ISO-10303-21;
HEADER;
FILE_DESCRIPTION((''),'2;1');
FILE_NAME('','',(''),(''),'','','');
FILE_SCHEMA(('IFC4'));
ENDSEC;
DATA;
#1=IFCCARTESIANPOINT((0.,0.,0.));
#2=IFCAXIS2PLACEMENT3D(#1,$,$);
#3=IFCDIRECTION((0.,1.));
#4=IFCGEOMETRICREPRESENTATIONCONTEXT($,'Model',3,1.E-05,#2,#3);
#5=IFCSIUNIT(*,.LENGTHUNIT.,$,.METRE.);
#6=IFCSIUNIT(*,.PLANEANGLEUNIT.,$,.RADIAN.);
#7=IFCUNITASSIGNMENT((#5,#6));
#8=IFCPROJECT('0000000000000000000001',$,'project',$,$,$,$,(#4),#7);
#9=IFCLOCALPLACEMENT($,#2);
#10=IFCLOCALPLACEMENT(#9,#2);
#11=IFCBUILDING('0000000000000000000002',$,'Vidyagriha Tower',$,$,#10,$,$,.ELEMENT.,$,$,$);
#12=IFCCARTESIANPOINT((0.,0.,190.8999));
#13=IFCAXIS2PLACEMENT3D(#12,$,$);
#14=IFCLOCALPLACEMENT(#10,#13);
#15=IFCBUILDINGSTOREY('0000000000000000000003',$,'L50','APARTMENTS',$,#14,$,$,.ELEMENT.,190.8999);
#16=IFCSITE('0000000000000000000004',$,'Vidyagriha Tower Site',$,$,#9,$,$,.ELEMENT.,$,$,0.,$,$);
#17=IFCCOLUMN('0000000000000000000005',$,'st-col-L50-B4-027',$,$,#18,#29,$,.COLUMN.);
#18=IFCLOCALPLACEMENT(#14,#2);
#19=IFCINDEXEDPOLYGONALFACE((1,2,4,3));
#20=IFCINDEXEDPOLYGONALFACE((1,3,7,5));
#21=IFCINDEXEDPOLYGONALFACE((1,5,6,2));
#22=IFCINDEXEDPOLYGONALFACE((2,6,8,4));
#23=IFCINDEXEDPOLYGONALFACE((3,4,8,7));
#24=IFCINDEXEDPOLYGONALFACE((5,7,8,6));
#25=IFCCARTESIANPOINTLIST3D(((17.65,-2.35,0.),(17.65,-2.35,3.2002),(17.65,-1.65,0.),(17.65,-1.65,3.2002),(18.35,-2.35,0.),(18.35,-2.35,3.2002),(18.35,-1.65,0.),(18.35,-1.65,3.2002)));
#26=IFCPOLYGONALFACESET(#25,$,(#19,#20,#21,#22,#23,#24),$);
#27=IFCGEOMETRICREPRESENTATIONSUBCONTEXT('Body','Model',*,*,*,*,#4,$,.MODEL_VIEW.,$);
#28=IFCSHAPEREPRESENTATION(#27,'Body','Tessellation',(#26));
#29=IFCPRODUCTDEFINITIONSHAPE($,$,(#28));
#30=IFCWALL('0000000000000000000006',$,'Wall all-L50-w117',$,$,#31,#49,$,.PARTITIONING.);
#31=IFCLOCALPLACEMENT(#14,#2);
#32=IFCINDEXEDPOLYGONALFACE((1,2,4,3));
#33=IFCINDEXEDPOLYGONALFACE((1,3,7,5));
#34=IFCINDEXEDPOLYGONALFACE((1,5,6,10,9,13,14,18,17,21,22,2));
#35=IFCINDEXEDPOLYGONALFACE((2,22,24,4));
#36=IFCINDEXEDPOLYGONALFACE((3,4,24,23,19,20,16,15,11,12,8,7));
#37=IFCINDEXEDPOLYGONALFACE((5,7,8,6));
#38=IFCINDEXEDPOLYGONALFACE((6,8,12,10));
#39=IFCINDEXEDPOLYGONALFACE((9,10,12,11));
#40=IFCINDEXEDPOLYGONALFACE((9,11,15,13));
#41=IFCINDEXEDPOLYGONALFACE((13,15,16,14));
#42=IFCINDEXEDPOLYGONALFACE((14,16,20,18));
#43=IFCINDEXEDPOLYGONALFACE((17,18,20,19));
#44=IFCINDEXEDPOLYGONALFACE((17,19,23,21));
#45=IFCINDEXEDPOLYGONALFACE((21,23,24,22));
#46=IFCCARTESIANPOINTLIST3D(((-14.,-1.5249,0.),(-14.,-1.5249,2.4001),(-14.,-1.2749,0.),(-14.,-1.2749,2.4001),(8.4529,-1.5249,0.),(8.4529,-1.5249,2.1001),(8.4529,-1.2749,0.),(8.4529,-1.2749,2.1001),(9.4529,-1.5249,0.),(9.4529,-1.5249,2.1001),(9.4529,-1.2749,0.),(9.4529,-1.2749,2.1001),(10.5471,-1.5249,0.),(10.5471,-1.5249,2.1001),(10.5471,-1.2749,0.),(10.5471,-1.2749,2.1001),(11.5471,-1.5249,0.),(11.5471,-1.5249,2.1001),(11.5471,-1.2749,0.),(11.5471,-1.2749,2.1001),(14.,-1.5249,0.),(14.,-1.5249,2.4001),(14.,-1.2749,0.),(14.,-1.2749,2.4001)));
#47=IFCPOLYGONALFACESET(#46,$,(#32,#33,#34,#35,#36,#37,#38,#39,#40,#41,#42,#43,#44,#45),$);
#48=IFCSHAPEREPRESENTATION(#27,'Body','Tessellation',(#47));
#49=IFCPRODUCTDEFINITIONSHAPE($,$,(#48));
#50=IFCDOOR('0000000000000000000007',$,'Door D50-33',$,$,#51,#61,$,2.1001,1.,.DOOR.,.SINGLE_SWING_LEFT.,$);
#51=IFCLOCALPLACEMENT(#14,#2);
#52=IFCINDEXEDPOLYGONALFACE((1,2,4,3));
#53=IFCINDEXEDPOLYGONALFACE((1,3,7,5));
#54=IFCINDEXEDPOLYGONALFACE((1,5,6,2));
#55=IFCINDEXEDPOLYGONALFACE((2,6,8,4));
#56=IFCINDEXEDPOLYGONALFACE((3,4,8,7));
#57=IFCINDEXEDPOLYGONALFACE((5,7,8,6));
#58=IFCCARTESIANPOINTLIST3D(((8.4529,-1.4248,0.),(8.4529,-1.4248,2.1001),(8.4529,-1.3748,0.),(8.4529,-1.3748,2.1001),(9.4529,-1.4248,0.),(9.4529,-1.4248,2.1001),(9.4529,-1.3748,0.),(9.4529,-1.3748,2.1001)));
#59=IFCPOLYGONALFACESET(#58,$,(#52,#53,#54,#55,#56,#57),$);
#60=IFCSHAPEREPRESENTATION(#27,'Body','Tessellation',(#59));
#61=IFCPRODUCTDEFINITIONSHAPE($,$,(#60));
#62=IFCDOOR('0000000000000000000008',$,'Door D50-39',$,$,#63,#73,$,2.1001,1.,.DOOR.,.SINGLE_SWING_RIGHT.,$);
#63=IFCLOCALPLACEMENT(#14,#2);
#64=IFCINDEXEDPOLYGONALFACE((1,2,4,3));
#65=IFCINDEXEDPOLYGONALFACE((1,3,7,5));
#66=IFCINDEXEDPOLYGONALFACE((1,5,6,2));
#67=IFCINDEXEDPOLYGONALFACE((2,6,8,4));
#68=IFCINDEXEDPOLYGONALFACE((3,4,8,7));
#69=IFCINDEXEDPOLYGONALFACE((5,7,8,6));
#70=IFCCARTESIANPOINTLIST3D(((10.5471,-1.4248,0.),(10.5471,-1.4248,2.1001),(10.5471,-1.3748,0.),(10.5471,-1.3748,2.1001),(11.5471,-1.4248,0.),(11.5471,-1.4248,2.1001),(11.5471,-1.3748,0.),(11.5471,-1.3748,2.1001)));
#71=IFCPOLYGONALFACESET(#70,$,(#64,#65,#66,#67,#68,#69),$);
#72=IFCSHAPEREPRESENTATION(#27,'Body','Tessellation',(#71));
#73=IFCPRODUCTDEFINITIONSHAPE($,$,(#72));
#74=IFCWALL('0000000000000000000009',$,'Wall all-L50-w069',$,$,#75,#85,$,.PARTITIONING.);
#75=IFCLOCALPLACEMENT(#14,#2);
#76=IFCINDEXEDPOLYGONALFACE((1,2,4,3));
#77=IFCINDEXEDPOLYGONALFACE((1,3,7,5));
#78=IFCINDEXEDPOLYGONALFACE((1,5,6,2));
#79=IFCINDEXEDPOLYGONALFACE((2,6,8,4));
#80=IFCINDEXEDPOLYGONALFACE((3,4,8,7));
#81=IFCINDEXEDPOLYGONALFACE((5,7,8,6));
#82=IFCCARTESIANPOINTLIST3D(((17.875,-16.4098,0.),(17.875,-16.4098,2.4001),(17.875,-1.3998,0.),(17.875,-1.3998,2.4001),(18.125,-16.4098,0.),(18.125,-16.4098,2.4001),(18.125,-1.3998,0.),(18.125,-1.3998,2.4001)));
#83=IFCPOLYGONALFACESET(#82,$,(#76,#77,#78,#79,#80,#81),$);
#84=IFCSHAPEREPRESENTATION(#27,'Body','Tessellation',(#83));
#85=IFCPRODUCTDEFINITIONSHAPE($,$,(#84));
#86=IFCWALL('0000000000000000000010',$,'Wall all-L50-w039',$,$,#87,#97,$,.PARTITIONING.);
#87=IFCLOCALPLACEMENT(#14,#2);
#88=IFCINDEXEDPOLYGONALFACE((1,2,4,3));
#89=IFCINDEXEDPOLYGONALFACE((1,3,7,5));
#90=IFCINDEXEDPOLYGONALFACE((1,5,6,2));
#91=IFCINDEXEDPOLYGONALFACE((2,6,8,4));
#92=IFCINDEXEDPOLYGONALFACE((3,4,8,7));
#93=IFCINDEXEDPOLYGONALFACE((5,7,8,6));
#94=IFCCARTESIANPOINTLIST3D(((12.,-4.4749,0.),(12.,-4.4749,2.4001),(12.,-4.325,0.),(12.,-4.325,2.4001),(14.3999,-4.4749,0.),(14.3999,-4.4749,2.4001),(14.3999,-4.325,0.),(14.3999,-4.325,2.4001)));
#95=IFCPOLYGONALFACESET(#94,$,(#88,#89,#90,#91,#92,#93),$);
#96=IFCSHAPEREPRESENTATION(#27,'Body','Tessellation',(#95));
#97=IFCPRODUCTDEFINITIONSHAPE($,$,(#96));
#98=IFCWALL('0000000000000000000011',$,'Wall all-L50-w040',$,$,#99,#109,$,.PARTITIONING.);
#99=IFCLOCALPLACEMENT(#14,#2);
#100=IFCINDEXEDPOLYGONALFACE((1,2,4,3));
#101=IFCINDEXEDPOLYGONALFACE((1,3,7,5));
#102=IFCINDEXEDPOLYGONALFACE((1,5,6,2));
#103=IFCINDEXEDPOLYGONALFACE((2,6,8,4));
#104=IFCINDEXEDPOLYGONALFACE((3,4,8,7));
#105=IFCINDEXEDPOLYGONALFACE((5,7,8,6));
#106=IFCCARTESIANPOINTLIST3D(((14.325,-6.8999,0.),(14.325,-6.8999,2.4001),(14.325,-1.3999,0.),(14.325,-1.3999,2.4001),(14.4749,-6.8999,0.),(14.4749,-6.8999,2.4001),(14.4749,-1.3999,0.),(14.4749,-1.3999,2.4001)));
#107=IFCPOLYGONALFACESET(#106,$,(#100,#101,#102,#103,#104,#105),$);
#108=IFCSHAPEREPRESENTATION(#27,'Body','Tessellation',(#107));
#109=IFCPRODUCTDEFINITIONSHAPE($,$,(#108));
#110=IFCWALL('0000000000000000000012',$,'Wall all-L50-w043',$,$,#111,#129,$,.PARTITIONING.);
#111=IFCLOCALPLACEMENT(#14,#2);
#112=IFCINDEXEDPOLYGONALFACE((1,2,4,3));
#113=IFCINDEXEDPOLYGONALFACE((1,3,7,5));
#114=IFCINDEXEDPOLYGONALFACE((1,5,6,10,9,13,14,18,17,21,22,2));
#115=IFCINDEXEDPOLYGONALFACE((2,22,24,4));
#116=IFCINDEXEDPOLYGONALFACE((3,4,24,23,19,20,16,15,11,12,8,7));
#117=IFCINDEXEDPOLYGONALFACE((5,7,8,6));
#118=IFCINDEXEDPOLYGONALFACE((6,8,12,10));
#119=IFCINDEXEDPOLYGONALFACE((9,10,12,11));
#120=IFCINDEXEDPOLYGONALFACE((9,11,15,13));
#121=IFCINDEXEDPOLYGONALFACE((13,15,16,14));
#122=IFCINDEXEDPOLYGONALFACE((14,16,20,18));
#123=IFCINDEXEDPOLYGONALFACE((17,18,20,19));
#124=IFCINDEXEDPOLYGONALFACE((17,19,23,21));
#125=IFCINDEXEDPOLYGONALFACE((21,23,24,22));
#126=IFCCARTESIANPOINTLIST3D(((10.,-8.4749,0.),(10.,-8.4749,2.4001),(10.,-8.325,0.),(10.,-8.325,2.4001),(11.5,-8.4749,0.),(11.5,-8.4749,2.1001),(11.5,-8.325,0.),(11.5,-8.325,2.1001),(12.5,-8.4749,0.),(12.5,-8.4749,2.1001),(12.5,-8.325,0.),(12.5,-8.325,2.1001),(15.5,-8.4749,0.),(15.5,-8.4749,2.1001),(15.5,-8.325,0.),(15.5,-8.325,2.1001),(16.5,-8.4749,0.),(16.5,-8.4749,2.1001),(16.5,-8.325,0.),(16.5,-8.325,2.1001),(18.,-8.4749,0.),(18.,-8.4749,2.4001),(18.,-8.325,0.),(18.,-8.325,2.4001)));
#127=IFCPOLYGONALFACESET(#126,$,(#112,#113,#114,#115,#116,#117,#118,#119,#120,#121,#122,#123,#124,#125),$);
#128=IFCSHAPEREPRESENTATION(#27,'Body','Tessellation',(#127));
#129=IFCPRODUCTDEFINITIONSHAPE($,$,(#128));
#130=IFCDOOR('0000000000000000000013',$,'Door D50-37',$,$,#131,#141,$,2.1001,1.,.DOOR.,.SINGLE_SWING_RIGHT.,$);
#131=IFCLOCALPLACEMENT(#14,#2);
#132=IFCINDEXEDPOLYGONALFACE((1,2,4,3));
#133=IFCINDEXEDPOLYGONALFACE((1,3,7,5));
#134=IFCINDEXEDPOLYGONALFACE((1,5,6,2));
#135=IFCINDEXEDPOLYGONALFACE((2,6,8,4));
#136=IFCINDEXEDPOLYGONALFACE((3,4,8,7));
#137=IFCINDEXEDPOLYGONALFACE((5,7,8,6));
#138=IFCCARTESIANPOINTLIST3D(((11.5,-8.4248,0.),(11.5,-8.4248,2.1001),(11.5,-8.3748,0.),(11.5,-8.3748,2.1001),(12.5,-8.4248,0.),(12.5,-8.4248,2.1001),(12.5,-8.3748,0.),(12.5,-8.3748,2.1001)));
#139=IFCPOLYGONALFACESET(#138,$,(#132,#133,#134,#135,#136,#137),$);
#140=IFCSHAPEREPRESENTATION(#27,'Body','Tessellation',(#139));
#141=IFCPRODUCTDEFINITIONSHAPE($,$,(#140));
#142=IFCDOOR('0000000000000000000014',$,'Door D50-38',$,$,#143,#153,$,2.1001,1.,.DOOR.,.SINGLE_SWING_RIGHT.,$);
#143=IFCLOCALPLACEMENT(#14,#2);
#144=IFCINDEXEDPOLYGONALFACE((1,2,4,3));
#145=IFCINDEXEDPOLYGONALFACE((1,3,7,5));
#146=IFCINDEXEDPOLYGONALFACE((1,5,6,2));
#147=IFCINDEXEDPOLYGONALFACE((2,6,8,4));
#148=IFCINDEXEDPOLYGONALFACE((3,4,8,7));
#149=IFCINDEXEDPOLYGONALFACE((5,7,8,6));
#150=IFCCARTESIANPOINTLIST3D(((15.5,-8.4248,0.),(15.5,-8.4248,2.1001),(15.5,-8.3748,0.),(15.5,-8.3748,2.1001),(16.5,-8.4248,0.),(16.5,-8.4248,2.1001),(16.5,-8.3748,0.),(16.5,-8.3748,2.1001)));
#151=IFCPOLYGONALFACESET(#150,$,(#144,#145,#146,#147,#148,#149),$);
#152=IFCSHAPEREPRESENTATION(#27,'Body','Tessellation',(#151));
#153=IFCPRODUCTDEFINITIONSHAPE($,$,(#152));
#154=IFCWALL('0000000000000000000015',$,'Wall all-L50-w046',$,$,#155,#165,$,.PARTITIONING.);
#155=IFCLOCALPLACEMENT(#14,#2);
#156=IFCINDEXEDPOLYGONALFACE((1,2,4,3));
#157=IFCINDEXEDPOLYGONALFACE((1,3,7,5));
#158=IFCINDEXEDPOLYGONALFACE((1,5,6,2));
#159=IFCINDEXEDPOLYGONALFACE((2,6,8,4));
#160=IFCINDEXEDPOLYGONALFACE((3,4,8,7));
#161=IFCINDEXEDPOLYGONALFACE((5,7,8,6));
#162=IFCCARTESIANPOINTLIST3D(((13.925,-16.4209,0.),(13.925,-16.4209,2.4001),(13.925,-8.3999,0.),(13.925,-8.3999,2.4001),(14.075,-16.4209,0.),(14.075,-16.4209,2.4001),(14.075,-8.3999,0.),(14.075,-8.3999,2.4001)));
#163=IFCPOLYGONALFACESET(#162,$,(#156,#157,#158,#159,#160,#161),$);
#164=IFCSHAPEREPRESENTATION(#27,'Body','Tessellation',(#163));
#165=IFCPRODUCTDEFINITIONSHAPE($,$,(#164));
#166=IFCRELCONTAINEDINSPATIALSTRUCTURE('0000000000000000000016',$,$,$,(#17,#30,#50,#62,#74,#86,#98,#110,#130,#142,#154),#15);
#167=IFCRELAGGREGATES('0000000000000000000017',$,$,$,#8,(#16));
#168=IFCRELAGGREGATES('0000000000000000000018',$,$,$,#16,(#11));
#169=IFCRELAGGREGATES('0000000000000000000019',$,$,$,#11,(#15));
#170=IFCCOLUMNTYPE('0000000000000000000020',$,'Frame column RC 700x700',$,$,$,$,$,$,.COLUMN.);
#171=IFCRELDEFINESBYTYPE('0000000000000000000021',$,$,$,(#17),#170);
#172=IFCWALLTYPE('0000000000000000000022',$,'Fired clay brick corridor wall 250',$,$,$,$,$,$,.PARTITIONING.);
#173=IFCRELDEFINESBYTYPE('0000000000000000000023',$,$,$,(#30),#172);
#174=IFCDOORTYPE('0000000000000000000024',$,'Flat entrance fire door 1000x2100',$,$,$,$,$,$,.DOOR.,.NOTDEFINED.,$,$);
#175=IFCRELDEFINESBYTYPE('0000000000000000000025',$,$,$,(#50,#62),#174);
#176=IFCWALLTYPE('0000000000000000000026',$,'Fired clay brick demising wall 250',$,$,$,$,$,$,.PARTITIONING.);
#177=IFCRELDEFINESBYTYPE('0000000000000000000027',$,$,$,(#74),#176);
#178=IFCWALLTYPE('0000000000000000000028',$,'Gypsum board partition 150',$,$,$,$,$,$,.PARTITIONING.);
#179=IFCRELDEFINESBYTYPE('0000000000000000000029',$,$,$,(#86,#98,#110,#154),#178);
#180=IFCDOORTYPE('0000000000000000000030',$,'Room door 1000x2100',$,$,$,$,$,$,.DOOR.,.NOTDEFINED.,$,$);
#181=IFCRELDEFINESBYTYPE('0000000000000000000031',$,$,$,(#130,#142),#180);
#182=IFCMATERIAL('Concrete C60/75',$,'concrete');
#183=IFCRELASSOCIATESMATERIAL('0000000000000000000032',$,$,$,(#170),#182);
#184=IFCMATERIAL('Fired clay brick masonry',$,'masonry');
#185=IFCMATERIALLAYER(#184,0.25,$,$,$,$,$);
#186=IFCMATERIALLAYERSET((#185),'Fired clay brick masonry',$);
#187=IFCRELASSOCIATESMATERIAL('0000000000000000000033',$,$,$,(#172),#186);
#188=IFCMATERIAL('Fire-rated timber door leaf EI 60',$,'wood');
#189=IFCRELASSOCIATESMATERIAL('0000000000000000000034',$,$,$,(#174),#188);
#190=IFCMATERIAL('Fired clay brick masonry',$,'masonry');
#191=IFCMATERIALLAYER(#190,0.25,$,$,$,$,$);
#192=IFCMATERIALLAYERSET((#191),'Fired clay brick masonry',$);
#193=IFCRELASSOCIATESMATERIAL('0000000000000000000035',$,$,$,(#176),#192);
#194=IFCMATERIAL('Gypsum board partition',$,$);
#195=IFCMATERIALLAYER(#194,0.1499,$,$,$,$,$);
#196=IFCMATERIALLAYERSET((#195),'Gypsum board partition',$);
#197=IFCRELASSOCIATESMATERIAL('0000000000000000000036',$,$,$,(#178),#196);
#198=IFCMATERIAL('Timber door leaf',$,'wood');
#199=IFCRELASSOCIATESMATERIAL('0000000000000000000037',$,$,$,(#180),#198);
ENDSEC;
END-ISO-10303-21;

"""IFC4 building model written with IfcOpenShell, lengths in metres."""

from ifc_helpers import new_model, si_unit, direction, frame, frame_2d, origin, origin_2d, place, context, subcontext, project, spatial, rectangle, extrude, material, layer, layer_set, material_profile, profile_set, type_object, element, fill, save


model = new_model("IFC4")

# Units and contexts
model_context = context("Model", 3, precision=1e-05, world=origin(), true_north=direction((0.0, 1.0)))
body_context = subcontext(model_context, "Body", "Model", "MODEL_VIEW")
ifc_project = project(units=[si_unit("LENGTHUNIT", "METRE"), si_unit("PLANEANGLEUNIT", "RADIAN")], contexts=[model_context])

# Site, building, storey
site_placement = place(None, origin())
site = spatial("IfcSite", under=ifc_project, at=site_placement, Name="Vidyagriha Tower Site", CompositionType="ELEMENT", RefElevation=0.0)
building_placement = place(site_placement, origin())
building = spatial("IfcBuilding", under=site, at=building_placement, Name="Vidyagriha Tower", CompositionType="ELEMENT")
storey_placement = place(building_placement, frame((0.0, 0.0, 190.8999)))
storey = spatial("IfcBuildingStorey", under=building, at=storey_placement, Name="L50", Description="APARTMENTS", CompositionType="ELEMENT", Elevation=190.8999)

# Column
ifc_material_1 = material(Name="Concrete C60/75", Category="concrete")
ifc_material_profile = material_profile(ifc_material_1, rectangle(XDim=0.7, YDim=0.7, at=origin_2d()), Name="RC 700x700")
ifc_profile_set = profile_set([ifc_material_profile], Name="Concrete C60/75")
column_type = type_object("IfcColumnType", Name="Frame column RC 700x700", PredefinedType="COLUMN", material=ifc_profile_set)
column_placement = place(storey_placement, frame((18.0, -2.0, 0.0)))
element("IfcColumn", 1, at=column_placement, inside=storey, type_object=column_type, Name="st-col-L50-B4-027", PredefinedType="COLUMN", context=body_context, shape_type="SweptSolid", body=[
    extrude(rectangle(XDim=0.7, YDim=0.7, at=origin_2d()), origin(), (0.0, 0.0, 1.0), 3.2002),
])

# Wall, openings, doors
ifc_material_2 = material(Name="Fired clay brick masonry", Category="masonry")
ifc_layer_1 = layer(ifc_material_2, 0.25)
ifc_layer_set_1 = layer_set([ifc_layer_1], Name="Fired clay brick masonry")
wall_type_1 = type_object("IfcWallType", Name="Fired clay brick corridor wall 250", PredefinedType="PARTITIONING", material=ifc_layer_set_1)
wall_1_placement = place(storey_placement, frame((14.0, -1.3999, 0.0), z_axis=(0.0, 0.0, 1.0), x_axis=(-1.0, 0.0, 0.0)))
wall_1 = element("IfcWall", 2, at=wall_1_placement, inside=storey, type_object=wall_type_1, Name="Wall all-L50-w117", PredefinedType="PARTITIONING", context=body_context, shape_type="SweptSolid", body=[
    extrude(rectangle(XDim=28.0, YDim=0.25, at=frame_2d((14.0, 0.0))), origin(), (0.0, 0.0, 1.0), 2.4001),
])
opening_1_placement = place(wall_1_placement, frame((4.5471, 0.0, 0.0)))
opening_1 = element("IfcOpeningElement", 3, at=opening_1_placement, cuts=wall_1, PredefinedType="OPENING", context=body_context, shape_type="SweptSolid", body=[
    extrude(rectangle(XDim=1.0, YDim=2.1001, at=frame_2d((0.5, 1.05))), frame((0.0, 0.135, 0.0), z_axis=(0.0, -1.0, 0.0), x_axis=(1.0, 0.0, 0.0)), (0.0, 0.0, 1.0), 0.27),
])
opening_2_placement = place(wall_1_placement, frame((2.4529, 0.0, 0.0)))
opening_2 = element("IfcOpeningElement", 4, at=opening_2_placement, cuts=wall_1, PredefinedType="OPENING", context=body_context, shape_type="SweptSolid", body=[
    extrude(rectangle(XDim=1.0, YDim=2.1001, at=frame_2d((0.5, 1.05))), frame((0.0, 0.135, 0.0), z_axis=(0.0, -1.0, 0.0), x_axis=(1.0, 0.0, 0.0)), (0.0, 0.0, 1.0), 0.27),
])
ifc_material_3 = material(Name="Fire-rated timber door leaf EI 60", Category="wood")
door_type_1 = type_object("IfcDoorType", Name="Flat entrance fire door 1000x2100", OperationType="NOTDEFINED", PredefinedType="DOOR", material=ifc_material_3)
door_1_placement = place(opening_1_placement, origin())
door_1 = element("IfcDoor", 5, at=door_1_placement, inside=storey, type_object=door_type_1, Name="Door D50-33", OperationType="SINGLE_SWING_LEFT", OverallHeight=2.1001, OverallWidth=1.0, PredefinedType="DOOR", context=body_context, shape_type="SweptSolid", body=[
    extrude(rectangle(XDim=1.0, YDim=2.1001, at=frame_2d((0.5, 1.05))), frame((0.0, 0.0249, 0.0), z_axis=(0.0, -1.0, 0.0), x_axis=(1.0, 0.0, 0.0)), (0.0, 0.0, 1.0), 0.05),
])
fill(opening_1, door_1)
door_2_placement = place(opening_2_placement, origin())
door_2 = element("IfcDoor", 6, at=door_2_placement, inside=storey, type_object=door_type_1, Name="Door D50-39", OperationType="SINGLE_SWING_RIGHT", OverallHeight=2.1001, OverallWidth=1.0, PredefinedType="DOOR", context=body_context, shape_type="SweptSolid", body=[
    extrude(rectangle(XDim=1.0, YDim=2.1001, at=frame_2d((0.5, 1.05))), frame((0.0, 0.0249, 0.0), z_axis=(0.0, -1.0, 0.0), x_axis=(1.0, 0.0, 0.0)), (0.0, 0.0, 1.0), 0.05),
])
fill(opening_2, door_2)

# Walls
ifc_material_4 = material(Name="Fired clay brick masonry", Category="masonry")
ifc_layer_2 = layer(ifc_material_4, 0.25)
ifc_layer_set_2 = layer_set([ifc_layer_2], Name="Fired clay brick masonry")
wall_type_2 = type_object("IfcWallType", Name="Fired clay brick demising wall 250", PredefinedType="PARTITIONING", material=ifc_layer_set_2)
wall_2_placement = place(storey_placement, frame((18.0, -1.3999, 0.0), z_axis=(0.0, 0.0, 1.0), x_axis=(0.0, -1.0, 0.0)))
element("IfcWall", 7, at=wall_2_placement, inside=storey, type_object=wall_type_2, Name="Wall all-L50-w069", PredefinedType="PARTITIONING", context=body_context, shape_type="SweptSolid", body=[
    extrude(rectangle(XDim=15.01, YDim=0.25, at=frame_2d((7.5049, 0.0))), origin(), (0.0, 0.0, 1.0), 2.4001),
])
ifc_material_5 = material(Name="Gypsum board partition")
ifc_layer_3 = layer(ifc_material_5, 0.1499)
ifc_layer_set_3 = layer_set([ifc_layer_3], Name="Gypsum board partition")
wall_type_3 = type_object("IfcWallType", Name="Gypsum board partition 150", PredefinedType="PARTITIONING", material=ifc_layer_set_3)
wall_3_placement = place(storey_placement, frame((14.3999, -4.3999, 0.0), z_axis=(0.0, 0.0, 1.0), x_axis=(-1.0, 0.0, 0.0)))
element("IfcWall", 8, at=wall_3_placement, inside=storey, type_object=wall_type_3, Name="Wall all-L50-w039", PredefinedType="PARTITIONING", context=body_context, shape_type="SweptSolid", body=[
    extrude(rectangle(XDim=2.3999, YDim=0.1499, at=frame_2d((1.2, 0.0))), origin(), (0.0, 0.0, 1.0), 2.4001),
])
wall_4_placement = place(storey_placement, frame((14.3999, -1.3999, 0.0), z_axis=(0.0, 0.0, 1.0), x_axis=(0.0, -1.0, 0.0)))
element("IfcWall", 9, at=wall_4_placement, inside=storey, type_object=wall_type_3, Name="Wall all-L50-w040", PredefinedType="PARTITIONING", context=body_context, shape_type="SweptSolid", body=[
    extrude(rectangle(XDim=5.5, YDim=0.1499, at=frame_2d((2.75, 0.0))), origin(), (0.0, 0.0, 1.0), 2.4001),
])

# Wall, openings, doors
wall_5_placement = place(storey_placement, frame((18.0, -8.3999, 0.0), z_axis=(0.0, 0.0, 1.0), x_axis=(-1.0, 0.0, 0.0)))
wall_5 = element("IfcWall", 10, at=wall_5_placement, inside=storey, type_object=wall_type_3, Name="Wall all-L50-w043", PredefinedType="PARTITIONING", context=body_context, shape_type="SweptSolid", body=[
    extrude(rectangle(XDim=8.0, YDim=0.1499, at=frame_2d((4.0, 0.0))), origin(), (0.0, 0.0, 1.0), 2.4001),
])
opening_3_placement = place(wall_5_placement, frame((5.5, 0.0, 0.0)))
opening_3 = element("IfcOpeningElement", 11, at=opening_3_placement, cuts=wall_5, PredefinedType="OPENING", context=body_context, shape_type="SweptSolid", body=[
    extrude(rectangle(XDim=1.0, YDim=2.1001, at=frame_2d((0.5, 1.05))), frame((0.0, 0.085, 0.0), z_axis=(0.0, -1.0, 0.0), x_axis=(1.0, 0.0, 0.0)), (0.0, 0.0, 1.0), 0.1699),
])
opening_4_placement = place(wall_5_placement, frame((1.5, 0.0, 0.0)))
opening_4 = element("IfcOpeningElement", 12, at=opening_4_placement, cuts=wall_5, PredefinedType="OPENING", context=body_context, shape_type="SweptSolid", body=[
    extrude(rectangle(XDim=1.0, YDim=2.1001, at=frame_2d((0.5, 1.05))), frame((0.0, 0.085, 0.0), z_axis=(0.0, -1.0, 0.0), x_axis=(1.0, 0.0, 0.0)), (0.0, 0.0, 1.0), 0.1699),
])
ifc_material_6 = material(Name="Timber door leaf", Category="wood")
door_type_2 = type_object("IfcDoorType", Name="Room door 1000x2100", OperationType="NOTDEFINED", PredefinedType="DOOR", material=ifc_material_6)
door_3_placement = place(opening_3_placement, origin())
door_3 = element("IfcDoor", 13, at=door_3_placement, inside=storey, type_object=door_type_2, Name="Door D50-37", OperationType="SINGLE_SWING_RIGHT", OverallHeight=2.1001, OverallWidth=1.0, PredefinedType="DOOR", context=body_context, shape_type="SweptSolid", body=[
    extrude(rectangle(XDim=1.0, YDim=2.1001, at=frame_2d((0.5, 1.05))), frame((0.0, 0.0249, 0.0), z_axis=(0.0, -1.0, 0.0), x_axis=(1.0, 0.0, 0.0)), (0.0, 0.0, 1.0), 0.05),
])
fill(opening_3, door_3)
door_4_placement = place(opening_4_placement, origin())
door_4 = element("IfcDoor", 14, at=door_4_placement, inside=storey, type_object=door_type_2, Name="Door D50-38", OperationType="SINGLE_SWING_RIGHT", OverallHeight=2.1001, OverallWidth=1.0, PredefinedType="DOOR", context=body_context, shape_type="SweptSolid", body=[
    extrude(rectangle(XDim=1.0, YDim=2.1001, at=frame_2d((0.5, 1.05))), frame((0.0, 0.0249, 0.0), z_axis=(0.0, -1.0, 0.0), x_axis=(1.0, 0.0, 0.0)), (0.0, 0.0, 1.0), 0.05),
])
fill(opening_4, door_4)

# Wall
wall_6_placement = place(storey_placement, frame((14.0, -8.3999, 0.0), z_axis=(0.0, 0.0, 1.0), x_axis=(0.0, -1.0, 0.0)))
element("IfcWall", 15, at=wall_6_placement, inside=storey, type_object=wall_type_3, Name="Wall all-L50-w046", PredefinedType="PARTITIONING", context=body_context, shape_type="SweptSolid", body=[
    extrude(rectangle(XDim=8.021, YDim=0.1499, at=frame_2d((4.0105, 0.0))), origin(), (0.0, 0.0, 1.0), 2.4001),
])

save(model, "model.ifc")
